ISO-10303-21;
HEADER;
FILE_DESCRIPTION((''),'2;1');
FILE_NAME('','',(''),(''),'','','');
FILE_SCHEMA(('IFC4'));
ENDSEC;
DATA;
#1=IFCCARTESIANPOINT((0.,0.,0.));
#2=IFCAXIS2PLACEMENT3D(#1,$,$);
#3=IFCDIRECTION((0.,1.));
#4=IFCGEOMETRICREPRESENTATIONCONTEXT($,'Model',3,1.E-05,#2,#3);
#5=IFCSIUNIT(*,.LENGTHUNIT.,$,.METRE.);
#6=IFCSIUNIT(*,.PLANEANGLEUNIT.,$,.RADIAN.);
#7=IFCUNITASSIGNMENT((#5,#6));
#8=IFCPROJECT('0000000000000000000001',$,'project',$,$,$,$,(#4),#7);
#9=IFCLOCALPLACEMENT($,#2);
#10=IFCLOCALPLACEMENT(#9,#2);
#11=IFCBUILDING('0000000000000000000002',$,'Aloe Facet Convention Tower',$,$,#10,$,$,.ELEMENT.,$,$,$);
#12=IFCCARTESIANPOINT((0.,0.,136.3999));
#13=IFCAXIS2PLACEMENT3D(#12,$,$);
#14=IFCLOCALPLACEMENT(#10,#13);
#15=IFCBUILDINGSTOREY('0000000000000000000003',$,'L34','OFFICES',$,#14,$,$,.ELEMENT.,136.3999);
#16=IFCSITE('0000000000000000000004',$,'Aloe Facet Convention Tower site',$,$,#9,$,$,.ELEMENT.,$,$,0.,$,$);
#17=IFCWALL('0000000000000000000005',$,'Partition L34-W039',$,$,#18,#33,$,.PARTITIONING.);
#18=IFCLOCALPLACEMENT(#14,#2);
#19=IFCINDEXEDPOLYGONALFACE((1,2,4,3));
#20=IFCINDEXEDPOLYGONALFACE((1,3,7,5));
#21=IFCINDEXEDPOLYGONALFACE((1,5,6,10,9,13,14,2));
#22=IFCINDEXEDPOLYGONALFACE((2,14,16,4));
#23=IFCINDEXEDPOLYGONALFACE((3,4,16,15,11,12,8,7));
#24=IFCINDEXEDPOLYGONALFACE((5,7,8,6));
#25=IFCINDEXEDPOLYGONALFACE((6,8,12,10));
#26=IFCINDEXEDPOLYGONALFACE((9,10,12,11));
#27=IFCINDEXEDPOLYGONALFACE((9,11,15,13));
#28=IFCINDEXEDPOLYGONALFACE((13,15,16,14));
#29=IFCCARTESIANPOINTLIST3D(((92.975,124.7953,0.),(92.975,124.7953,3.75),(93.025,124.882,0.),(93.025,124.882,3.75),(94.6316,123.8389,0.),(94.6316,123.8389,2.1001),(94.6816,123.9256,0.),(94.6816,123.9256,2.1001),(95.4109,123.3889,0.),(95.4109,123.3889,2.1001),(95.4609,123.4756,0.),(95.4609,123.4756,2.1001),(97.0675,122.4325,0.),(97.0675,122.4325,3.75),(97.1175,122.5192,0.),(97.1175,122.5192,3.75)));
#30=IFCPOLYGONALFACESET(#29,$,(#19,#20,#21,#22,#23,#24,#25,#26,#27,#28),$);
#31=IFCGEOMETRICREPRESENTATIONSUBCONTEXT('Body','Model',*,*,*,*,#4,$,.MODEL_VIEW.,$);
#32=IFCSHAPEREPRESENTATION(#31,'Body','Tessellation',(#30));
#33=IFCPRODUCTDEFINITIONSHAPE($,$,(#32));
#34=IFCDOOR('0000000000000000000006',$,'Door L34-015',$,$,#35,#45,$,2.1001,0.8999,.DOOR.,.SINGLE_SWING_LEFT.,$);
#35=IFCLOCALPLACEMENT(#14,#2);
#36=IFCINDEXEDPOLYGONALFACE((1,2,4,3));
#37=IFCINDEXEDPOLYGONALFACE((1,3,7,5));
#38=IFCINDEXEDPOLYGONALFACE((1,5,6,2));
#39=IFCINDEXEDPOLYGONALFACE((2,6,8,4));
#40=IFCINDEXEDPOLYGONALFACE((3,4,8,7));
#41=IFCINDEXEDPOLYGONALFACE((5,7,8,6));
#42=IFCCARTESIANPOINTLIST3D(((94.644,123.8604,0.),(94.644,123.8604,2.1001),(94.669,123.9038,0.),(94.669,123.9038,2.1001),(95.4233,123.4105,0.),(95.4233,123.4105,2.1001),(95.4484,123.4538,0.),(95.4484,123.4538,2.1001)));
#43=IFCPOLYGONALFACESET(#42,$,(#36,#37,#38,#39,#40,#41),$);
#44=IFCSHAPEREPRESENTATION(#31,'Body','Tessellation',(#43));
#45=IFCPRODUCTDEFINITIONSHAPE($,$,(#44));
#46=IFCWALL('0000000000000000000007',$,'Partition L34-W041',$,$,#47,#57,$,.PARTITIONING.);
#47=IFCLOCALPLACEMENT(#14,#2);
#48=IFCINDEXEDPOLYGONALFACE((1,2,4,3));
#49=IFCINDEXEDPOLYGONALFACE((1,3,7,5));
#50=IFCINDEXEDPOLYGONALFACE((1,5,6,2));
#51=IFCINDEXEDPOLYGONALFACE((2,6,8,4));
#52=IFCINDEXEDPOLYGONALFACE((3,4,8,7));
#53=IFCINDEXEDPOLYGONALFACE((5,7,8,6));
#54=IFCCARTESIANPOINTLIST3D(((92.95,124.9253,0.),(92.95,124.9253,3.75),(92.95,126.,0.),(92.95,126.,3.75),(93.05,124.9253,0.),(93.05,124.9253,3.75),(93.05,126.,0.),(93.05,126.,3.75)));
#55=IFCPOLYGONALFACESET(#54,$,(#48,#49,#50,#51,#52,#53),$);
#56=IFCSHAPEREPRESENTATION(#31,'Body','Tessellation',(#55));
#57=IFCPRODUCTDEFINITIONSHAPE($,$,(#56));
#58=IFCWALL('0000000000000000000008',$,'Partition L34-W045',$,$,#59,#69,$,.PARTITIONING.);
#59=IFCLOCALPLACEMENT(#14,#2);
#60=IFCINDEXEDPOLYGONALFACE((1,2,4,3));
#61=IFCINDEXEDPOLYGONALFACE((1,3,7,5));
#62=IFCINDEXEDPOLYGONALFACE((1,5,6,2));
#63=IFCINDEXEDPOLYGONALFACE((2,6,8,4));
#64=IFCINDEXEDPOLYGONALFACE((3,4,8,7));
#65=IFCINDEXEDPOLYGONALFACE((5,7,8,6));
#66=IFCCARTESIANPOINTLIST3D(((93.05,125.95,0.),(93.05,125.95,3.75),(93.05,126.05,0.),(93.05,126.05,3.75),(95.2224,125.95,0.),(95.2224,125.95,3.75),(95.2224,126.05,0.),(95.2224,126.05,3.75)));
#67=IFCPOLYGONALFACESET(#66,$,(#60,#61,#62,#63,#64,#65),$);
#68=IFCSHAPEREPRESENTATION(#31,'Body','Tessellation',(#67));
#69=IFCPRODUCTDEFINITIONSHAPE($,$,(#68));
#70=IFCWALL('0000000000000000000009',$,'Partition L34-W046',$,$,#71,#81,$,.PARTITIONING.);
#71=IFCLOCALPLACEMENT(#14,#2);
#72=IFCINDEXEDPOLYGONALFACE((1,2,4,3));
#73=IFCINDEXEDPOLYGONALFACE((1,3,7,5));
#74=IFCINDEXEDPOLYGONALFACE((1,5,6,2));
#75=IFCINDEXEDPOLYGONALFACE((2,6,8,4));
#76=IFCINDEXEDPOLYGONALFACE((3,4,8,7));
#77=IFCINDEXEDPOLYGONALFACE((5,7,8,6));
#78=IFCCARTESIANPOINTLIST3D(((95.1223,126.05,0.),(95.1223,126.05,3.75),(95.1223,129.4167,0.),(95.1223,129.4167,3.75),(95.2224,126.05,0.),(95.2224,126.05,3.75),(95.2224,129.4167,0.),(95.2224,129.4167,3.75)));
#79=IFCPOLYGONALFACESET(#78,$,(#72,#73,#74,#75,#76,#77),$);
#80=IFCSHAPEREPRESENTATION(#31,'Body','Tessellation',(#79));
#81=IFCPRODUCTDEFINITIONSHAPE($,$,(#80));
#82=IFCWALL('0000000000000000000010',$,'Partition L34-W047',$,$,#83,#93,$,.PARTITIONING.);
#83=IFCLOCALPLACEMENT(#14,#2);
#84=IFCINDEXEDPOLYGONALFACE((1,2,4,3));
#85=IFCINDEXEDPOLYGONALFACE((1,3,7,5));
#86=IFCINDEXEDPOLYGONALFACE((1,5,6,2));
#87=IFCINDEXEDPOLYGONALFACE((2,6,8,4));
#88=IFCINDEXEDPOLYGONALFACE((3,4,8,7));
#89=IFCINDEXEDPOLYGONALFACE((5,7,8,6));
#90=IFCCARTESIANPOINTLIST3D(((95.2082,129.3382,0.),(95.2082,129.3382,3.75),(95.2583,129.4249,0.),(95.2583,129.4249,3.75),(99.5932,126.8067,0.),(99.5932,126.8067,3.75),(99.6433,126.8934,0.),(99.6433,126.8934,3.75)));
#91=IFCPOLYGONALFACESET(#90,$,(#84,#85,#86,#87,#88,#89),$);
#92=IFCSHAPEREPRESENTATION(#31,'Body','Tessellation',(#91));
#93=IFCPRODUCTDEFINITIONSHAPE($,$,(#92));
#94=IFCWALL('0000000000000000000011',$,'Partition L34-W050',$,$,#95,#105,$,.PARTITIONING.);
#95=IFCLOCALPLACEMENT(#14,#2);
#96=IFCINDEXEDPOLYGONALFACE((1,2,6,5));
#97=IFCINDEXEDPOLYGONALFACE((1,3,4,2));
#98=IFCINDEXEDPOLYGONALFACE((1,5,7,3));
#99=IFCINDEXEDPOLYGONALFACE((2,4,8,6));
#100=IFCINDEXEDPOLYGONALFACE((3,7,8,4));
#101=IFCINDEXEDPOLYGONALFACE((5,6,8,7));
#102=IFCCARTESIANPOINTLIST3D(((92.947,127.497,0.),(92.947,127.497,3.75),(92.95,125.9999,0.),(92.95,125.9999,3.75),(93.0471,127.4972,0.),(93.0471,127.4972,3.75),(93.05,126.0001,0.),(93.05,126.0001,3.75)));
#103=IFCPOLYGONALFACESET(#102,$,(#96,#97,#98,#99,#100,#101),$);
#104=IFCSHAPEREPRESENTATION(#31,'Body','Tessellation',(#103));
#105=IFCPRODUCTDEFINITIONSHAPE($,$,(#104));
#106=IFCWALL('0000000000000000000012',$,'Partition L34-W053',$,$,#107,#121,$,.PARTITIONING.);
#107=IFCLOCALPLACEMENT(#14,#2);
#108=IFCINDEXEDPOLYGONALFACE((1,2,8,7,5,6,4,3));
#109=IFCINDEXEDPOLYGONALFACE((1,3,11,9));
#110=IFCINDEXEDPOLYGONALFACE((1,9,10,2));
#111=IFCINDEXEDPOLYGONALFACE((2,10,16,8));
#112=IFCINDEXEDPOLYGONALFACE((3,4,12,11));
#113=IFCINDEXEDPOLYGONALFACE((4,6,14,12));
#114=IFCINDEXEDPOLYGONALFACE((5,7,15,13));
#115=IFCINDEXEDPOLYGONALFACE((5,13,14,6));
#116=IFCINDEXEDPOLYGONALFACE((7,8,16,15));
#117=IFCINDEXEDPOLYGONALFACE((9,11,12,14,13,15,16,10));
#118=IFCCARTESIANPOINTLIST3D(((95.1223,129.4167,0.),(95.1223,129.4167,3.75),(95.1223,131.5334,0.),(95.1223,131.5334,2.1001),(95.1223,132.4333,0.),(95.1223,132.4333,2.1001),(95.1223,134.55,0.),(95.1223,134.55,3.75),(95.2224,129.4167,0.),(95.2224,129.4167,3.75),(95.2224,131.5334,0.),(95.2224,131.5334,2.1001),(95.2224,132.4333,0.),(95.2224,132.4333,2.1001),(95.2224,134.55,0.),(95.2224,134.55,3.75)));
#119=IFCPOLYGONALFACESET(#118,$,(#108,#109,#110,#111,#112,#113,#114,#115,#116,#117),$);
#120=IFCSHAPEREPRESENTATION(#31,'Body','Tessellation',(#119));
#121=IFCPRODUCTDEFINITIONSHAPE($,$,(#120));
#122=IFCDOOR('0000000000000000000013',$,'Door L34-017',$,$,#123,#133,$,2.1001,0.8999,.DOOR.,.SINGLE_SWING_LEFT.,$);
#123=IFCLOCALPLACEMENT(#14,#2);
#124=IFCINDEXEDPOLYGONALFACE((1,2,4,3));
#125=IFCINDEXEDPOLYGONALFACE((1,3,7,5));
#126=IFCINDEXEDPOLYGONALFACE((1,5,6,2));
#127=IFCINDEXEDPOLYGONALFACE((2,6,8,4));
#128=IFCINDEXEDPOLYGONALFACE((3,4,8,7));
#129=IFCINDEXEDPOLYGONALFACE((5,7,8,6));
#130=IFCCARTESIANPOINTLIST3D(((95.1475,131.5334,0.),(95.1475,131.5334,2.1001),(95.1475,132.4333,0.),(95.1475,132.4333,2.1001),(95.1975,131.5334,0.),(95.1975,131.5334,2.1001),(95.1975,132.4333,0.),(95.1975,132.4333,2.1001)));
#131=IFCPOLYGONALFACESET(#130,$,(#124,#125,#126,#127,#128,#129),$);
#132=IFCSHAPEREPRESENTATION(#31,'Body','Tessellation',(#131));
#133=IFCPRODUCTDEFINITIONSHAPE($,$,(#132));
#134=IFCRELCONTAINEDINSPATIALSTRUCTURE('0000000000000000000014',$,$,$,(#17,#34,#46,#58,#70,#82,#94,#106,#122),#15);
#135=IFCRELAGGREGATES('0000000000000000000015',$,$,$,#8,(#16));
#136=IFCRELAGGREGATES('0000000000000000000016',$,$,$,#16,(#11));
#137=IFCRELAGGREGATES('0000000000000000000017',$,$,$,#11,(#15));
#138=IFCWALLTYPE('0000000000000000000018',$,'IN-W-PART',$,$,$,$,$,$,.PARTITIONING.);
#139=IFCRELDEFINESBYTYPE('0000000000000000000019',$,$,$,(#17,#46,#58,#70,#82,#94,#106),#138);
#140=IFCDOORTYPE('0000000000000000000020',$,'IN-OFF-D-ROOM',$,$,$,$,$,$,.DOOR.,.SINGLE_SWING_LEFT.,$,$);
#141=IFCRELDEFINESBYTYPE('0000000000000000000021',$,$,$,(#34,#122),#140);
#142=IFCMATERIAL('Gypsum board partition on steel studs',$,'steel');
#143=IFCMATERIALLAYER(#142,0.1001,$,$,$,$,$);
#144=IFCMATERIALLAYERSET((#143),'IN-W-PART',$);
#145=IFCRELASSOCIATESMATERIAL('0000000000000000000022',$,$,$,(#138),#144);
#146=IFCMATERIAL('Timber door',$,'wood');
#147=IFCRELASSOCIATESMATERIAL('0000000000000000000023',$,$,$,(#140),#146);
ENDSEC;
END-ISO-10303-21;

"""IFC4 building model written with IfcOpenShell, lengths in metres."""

from ifc_helpers import new_model, si_unit, direction, frame, frame_2d, origin, place, context, subcontext, project, spatial, rectangle, extrude, material, layer, layer_set, type_object, element, fill, save


model = new_model("IFC4")

# Units and contexts
model_context = context("Model", 3, precision=1e-05, world=origin(), true_north=direction((0.0, 1.0)))
body_context = subcontext(model_context, "Body", "Model", "MODEL_VIEW")
ifc_project = project(units=[si_unit("LENGTHUNIT", "METRE"), si_unit("PLANEANGLEUNIT", "RADIAN")], contexts=[model_context])

# Site, building, storey
site_placement = place(None, origin())
site = spatial("IfcSite", under=ifc_project, at=site_placement, Name="Aloe Facet Convention Tower site", CompositionType="ELEMENT", RefElevation=0.0)
building_placement = place(site_placement, origin())
building = spatial("IfcBuilding", under=site, at=building_placement, Name="Aloe Facet Convention Tower", CompositionType="ELEMENT")
storey_placement = place(building_placement, frame((0.0, 0.0, 136.3999)))
storey = spatial("IfcBuildingStorey", under=building, at=storey_placement, Name="L34", Description="OFFICES", CompositionType="ELEMENT", Elevation=136.3999)

# Wall, opening, door
ifc_material_1 = material(Name="Gypsum board partition on steel studs", Category="steel")
ifc_layer_1 = layer(ifc_material_1, 0.1001)
ifc_layer_set_1 = layer_set([ifc_layer_1], Name="IN-W-PART")
wall_type_1 = type_object("IfcWallType", Name="IN-W-PART", PredefinedType="PARTITIONING", material=ifc_layer_set_1)
wall_1_placement = place(storey_placement, frame((93.0, 124.8386, 0.0), z_axis=(0.0, 0.0, 1.0), x_axis=(0.866028, -0.499995, 0.0)))
wall_1 = element("IfcWall", 1, at=wall_1_placement, inside=storey, type_object=wall_type_1, Name="Partition L34-W039", PredefinedType="PARTITIONING", context=body_context, shape_type="SweptSolid", body=[
    extrude(rectangle(XDim=4.7256, YDim=0.1001, at=frame_2d((2.3628, 0.0))), origin(), (0.0, 0.0, 1.0), 3.75),
])
opening_1_placement = place(wall_1_placement, frame((1.9128, 0.0, 0.0)))
opening_1 = element("IfcOpeningElement", 2, at=opening_1_placement, cuts=wall_1, PredefinedType="OPENING", context=body_context, shape_type="SweptSolid", body=[
    extrude(rectangle(XDim=0.8999, YDim=2.1001, at=frame_2d((0.45, 1.05))), frame((0.0, 0.0601, 0.0), z_axis=(0.0, -1.0, 0.0), x_axis=(1.0, 0.0, 0.0)), (0.0, 0.0, 1.0), 0.1201),
])
ifc_material_2 = material(Name="Timber door", Category="wood")
door_type = type_object("IfcDoorType", Name="IN-OFF-D-ROOM", OperationType="SINGLE_SWING_LEFT", PredefinedType="DOOR", material=ifc_material_2)
door_1_placement = place(opening_1_placement, origin())
door_1 = element("IfcDoor", 3, at=door_1_placement, inside=storey, type_object=door_type, Name="Door L34-015", OperationType="SINGLE_SWING_LEFT", OverallHeight=2.1001, OverallWidth=0.8999, PredefinedType="DOOR", context=body_context, shape_type="SweptSolid", body=[
    extrude(rectangle(XDim=0.8999, YDim=2.1001, at=frame_2d((0.45, 1.05))), frame((0.0, 0.0249, 0.0), z_axis=(0.0, -1.0, 0.0), x_axis=(1.0, 0.0, 0.0)), (0.0, 0.0, 1.0), 0.05),
])
fill(opening_1, door_1)

# Walls
wall_2_placement = place(storey_placement, frame((93.0, 124.9253, 0.0), z_axis=(0.0, 0.0, 1.0), x_axis=(0.0, 1.0, 0.0)))
element("IfcWall", 4, at=wall_2_placement, inside=storey, type_object=wall_type_1, Name="Partition L34-W041", PredefinedType="PARTITIONING", context=body_context, shape_type="SweptSolid", body=[
    extrude(rectangle(XDim=1.0747, YDim=0.1001, at=frame_2d((0.5374, 0.0))), origin(), (0.0, 0.0, 1.0), 3.75),
])
wall_3_placement = place(storey_placement, frame((93.05, 126.0, 0.0), z_axis=(0.0, 0.0, 1.0), x_axis=(1.0, 0.0, 0.0)))
element("IfcWall", 5, at=wall_3_placement, inside=storey, type_object=wall_type_1, Name="Partition L34-W045", PredefinedType="PARTITIONING", context=body_context, shape_type="SweptSolid", body=[
    extrude(rectangle(XDim=2.1724, YDim=0.1001, at=frame_2d((1.0862, 0.0))), origin(), (0.0, 0.0, 1.0), 3.75),
])
wall_4_placement = place(storey_placement, frame((95.1724, 126.05, 0.0), z_axis=(0.0, 0.0, 1.0), x_axis=(0.0, 1.0, 0.0)))
element("IfcWall", 6, at=wall_4_placement, inside=storey, type_object=wall_type_1, Name="Partition L34-W046", PredefinedType="PARTITIONING", context=body_context, shape_type="SweptSolid", body=[
    extrude(rectangle(XDim=3.3667, YDim=0.1001, at=frame_2d((1.6833, 0.0))), origin(), (0.0, 0.0, 1.0), 3.75),
])
wall_5_placement = place(storey_placement, frame((95.2332, 129.3816, 0.0), z_axis=(0.0, 0.0, 1.0), x_axis=(0.866042, -0.499971, 0.0)))
element("IfcWall", 7, at=wall_5_placement, inside=storey, type_object=wall_type_1, Name="Partition L34-W047", PredefinedType="PARTITIONING", context=body_context, shape_type="SweptSolid", body=[
    extrude(rectangle(XDim=5.0632, YDim=0.1001, at=frame_2d((2.5317, 0.0))), origin(), (0.0, 0.0, 1.0), 3.75),
])
wall_6_placement = place(storey_placement, frame((93.0, 126.0, 0.0), z_axis=(0.0, 0.0, 1.0), x_axis=(-0.001957, 0.999998, 0.0)))
element("IfcWall", 8, at=wall_6_placement, inside=storey, type_object=wall_type_1, Name="Partition L34-W050", PredefinedType="PARTITIONING", context=body_context, shape_type="SweptSolid", body=[
    extrude(rectangle(XDim=1.4971, YDim=0.1001, at=frame_2d((0.7485, 0.0))), origin(), (0.0, 0.0, 1.0), 3.75),
])

# Wall, opening, door
wall_7_placement = place(storey_placement, frame((95.1724, 129.4167, 0.0), z_axis=(0.0, 0.0, 1.0), x_axis=(0.0, 1.0, 0.0)))
wall_7 = element("IfcWall", 9, at=wall_7_placement, inside=storey, type_object=wall_type_1, Name="Partition L34-W053", PredefinedType="PARTITIONING", context=body_context, shape_type="SweptSolid", body=[
    extrude(rectangle(XDim=5.1333, YDim=0.1001, at=frame_2d((2.5667, 0.0))), origin(), (0.0, 0.0, 1.0), 3.75),
])
opening_2_placement = place(wall_7_placement, frame((2.1167, 0.0, 0.0)))
opening_2 = element("IfcOpeningElement", 10, at=opening_2_placement, cuts=wall_7, PredefinedType="OPENING", context=body_context, shape_type="SweptSolid", body=[
    extrude(rectangle(XDim=0.8999, YDim=2.1001, at=frame_2d((0.45, 1.05))), frame((0.0, 0.0601, 0.0), z_axis=(0.0, -1.0, 0.0), x_axis=(1.0, 0.0, 0.0)), (0.0, 0.0, 1.0), 0.1201),
])
door_2_placement = place(opening_2_placement, origin())
door_2 = element("IfcDoor", 11, at=door_2_placement, inside=storey, type_object=door_type, Name="Door L34-017", OperationType="SINGLE_SWING_LEFT", OverallHeight=2.1001, OverallWidth=0.8999, PredefinedType="DOOR", context=body_context, shape_type="SweptSolid", body=[
    extrude(rectangle(XDim=0.8999, YDim=2.1001, at=frame_2d((0.45, 1.05))), frame((0.0, 0.0249, 0.0), z_axis=(0.0, -1.0, 0.0), x_axis=(1.0, 0.0, 0.0)), (0.0, 0.0, 1.0), 0.05),
])
fill(opening_2, door_2)

save(model, "model.ifc")
